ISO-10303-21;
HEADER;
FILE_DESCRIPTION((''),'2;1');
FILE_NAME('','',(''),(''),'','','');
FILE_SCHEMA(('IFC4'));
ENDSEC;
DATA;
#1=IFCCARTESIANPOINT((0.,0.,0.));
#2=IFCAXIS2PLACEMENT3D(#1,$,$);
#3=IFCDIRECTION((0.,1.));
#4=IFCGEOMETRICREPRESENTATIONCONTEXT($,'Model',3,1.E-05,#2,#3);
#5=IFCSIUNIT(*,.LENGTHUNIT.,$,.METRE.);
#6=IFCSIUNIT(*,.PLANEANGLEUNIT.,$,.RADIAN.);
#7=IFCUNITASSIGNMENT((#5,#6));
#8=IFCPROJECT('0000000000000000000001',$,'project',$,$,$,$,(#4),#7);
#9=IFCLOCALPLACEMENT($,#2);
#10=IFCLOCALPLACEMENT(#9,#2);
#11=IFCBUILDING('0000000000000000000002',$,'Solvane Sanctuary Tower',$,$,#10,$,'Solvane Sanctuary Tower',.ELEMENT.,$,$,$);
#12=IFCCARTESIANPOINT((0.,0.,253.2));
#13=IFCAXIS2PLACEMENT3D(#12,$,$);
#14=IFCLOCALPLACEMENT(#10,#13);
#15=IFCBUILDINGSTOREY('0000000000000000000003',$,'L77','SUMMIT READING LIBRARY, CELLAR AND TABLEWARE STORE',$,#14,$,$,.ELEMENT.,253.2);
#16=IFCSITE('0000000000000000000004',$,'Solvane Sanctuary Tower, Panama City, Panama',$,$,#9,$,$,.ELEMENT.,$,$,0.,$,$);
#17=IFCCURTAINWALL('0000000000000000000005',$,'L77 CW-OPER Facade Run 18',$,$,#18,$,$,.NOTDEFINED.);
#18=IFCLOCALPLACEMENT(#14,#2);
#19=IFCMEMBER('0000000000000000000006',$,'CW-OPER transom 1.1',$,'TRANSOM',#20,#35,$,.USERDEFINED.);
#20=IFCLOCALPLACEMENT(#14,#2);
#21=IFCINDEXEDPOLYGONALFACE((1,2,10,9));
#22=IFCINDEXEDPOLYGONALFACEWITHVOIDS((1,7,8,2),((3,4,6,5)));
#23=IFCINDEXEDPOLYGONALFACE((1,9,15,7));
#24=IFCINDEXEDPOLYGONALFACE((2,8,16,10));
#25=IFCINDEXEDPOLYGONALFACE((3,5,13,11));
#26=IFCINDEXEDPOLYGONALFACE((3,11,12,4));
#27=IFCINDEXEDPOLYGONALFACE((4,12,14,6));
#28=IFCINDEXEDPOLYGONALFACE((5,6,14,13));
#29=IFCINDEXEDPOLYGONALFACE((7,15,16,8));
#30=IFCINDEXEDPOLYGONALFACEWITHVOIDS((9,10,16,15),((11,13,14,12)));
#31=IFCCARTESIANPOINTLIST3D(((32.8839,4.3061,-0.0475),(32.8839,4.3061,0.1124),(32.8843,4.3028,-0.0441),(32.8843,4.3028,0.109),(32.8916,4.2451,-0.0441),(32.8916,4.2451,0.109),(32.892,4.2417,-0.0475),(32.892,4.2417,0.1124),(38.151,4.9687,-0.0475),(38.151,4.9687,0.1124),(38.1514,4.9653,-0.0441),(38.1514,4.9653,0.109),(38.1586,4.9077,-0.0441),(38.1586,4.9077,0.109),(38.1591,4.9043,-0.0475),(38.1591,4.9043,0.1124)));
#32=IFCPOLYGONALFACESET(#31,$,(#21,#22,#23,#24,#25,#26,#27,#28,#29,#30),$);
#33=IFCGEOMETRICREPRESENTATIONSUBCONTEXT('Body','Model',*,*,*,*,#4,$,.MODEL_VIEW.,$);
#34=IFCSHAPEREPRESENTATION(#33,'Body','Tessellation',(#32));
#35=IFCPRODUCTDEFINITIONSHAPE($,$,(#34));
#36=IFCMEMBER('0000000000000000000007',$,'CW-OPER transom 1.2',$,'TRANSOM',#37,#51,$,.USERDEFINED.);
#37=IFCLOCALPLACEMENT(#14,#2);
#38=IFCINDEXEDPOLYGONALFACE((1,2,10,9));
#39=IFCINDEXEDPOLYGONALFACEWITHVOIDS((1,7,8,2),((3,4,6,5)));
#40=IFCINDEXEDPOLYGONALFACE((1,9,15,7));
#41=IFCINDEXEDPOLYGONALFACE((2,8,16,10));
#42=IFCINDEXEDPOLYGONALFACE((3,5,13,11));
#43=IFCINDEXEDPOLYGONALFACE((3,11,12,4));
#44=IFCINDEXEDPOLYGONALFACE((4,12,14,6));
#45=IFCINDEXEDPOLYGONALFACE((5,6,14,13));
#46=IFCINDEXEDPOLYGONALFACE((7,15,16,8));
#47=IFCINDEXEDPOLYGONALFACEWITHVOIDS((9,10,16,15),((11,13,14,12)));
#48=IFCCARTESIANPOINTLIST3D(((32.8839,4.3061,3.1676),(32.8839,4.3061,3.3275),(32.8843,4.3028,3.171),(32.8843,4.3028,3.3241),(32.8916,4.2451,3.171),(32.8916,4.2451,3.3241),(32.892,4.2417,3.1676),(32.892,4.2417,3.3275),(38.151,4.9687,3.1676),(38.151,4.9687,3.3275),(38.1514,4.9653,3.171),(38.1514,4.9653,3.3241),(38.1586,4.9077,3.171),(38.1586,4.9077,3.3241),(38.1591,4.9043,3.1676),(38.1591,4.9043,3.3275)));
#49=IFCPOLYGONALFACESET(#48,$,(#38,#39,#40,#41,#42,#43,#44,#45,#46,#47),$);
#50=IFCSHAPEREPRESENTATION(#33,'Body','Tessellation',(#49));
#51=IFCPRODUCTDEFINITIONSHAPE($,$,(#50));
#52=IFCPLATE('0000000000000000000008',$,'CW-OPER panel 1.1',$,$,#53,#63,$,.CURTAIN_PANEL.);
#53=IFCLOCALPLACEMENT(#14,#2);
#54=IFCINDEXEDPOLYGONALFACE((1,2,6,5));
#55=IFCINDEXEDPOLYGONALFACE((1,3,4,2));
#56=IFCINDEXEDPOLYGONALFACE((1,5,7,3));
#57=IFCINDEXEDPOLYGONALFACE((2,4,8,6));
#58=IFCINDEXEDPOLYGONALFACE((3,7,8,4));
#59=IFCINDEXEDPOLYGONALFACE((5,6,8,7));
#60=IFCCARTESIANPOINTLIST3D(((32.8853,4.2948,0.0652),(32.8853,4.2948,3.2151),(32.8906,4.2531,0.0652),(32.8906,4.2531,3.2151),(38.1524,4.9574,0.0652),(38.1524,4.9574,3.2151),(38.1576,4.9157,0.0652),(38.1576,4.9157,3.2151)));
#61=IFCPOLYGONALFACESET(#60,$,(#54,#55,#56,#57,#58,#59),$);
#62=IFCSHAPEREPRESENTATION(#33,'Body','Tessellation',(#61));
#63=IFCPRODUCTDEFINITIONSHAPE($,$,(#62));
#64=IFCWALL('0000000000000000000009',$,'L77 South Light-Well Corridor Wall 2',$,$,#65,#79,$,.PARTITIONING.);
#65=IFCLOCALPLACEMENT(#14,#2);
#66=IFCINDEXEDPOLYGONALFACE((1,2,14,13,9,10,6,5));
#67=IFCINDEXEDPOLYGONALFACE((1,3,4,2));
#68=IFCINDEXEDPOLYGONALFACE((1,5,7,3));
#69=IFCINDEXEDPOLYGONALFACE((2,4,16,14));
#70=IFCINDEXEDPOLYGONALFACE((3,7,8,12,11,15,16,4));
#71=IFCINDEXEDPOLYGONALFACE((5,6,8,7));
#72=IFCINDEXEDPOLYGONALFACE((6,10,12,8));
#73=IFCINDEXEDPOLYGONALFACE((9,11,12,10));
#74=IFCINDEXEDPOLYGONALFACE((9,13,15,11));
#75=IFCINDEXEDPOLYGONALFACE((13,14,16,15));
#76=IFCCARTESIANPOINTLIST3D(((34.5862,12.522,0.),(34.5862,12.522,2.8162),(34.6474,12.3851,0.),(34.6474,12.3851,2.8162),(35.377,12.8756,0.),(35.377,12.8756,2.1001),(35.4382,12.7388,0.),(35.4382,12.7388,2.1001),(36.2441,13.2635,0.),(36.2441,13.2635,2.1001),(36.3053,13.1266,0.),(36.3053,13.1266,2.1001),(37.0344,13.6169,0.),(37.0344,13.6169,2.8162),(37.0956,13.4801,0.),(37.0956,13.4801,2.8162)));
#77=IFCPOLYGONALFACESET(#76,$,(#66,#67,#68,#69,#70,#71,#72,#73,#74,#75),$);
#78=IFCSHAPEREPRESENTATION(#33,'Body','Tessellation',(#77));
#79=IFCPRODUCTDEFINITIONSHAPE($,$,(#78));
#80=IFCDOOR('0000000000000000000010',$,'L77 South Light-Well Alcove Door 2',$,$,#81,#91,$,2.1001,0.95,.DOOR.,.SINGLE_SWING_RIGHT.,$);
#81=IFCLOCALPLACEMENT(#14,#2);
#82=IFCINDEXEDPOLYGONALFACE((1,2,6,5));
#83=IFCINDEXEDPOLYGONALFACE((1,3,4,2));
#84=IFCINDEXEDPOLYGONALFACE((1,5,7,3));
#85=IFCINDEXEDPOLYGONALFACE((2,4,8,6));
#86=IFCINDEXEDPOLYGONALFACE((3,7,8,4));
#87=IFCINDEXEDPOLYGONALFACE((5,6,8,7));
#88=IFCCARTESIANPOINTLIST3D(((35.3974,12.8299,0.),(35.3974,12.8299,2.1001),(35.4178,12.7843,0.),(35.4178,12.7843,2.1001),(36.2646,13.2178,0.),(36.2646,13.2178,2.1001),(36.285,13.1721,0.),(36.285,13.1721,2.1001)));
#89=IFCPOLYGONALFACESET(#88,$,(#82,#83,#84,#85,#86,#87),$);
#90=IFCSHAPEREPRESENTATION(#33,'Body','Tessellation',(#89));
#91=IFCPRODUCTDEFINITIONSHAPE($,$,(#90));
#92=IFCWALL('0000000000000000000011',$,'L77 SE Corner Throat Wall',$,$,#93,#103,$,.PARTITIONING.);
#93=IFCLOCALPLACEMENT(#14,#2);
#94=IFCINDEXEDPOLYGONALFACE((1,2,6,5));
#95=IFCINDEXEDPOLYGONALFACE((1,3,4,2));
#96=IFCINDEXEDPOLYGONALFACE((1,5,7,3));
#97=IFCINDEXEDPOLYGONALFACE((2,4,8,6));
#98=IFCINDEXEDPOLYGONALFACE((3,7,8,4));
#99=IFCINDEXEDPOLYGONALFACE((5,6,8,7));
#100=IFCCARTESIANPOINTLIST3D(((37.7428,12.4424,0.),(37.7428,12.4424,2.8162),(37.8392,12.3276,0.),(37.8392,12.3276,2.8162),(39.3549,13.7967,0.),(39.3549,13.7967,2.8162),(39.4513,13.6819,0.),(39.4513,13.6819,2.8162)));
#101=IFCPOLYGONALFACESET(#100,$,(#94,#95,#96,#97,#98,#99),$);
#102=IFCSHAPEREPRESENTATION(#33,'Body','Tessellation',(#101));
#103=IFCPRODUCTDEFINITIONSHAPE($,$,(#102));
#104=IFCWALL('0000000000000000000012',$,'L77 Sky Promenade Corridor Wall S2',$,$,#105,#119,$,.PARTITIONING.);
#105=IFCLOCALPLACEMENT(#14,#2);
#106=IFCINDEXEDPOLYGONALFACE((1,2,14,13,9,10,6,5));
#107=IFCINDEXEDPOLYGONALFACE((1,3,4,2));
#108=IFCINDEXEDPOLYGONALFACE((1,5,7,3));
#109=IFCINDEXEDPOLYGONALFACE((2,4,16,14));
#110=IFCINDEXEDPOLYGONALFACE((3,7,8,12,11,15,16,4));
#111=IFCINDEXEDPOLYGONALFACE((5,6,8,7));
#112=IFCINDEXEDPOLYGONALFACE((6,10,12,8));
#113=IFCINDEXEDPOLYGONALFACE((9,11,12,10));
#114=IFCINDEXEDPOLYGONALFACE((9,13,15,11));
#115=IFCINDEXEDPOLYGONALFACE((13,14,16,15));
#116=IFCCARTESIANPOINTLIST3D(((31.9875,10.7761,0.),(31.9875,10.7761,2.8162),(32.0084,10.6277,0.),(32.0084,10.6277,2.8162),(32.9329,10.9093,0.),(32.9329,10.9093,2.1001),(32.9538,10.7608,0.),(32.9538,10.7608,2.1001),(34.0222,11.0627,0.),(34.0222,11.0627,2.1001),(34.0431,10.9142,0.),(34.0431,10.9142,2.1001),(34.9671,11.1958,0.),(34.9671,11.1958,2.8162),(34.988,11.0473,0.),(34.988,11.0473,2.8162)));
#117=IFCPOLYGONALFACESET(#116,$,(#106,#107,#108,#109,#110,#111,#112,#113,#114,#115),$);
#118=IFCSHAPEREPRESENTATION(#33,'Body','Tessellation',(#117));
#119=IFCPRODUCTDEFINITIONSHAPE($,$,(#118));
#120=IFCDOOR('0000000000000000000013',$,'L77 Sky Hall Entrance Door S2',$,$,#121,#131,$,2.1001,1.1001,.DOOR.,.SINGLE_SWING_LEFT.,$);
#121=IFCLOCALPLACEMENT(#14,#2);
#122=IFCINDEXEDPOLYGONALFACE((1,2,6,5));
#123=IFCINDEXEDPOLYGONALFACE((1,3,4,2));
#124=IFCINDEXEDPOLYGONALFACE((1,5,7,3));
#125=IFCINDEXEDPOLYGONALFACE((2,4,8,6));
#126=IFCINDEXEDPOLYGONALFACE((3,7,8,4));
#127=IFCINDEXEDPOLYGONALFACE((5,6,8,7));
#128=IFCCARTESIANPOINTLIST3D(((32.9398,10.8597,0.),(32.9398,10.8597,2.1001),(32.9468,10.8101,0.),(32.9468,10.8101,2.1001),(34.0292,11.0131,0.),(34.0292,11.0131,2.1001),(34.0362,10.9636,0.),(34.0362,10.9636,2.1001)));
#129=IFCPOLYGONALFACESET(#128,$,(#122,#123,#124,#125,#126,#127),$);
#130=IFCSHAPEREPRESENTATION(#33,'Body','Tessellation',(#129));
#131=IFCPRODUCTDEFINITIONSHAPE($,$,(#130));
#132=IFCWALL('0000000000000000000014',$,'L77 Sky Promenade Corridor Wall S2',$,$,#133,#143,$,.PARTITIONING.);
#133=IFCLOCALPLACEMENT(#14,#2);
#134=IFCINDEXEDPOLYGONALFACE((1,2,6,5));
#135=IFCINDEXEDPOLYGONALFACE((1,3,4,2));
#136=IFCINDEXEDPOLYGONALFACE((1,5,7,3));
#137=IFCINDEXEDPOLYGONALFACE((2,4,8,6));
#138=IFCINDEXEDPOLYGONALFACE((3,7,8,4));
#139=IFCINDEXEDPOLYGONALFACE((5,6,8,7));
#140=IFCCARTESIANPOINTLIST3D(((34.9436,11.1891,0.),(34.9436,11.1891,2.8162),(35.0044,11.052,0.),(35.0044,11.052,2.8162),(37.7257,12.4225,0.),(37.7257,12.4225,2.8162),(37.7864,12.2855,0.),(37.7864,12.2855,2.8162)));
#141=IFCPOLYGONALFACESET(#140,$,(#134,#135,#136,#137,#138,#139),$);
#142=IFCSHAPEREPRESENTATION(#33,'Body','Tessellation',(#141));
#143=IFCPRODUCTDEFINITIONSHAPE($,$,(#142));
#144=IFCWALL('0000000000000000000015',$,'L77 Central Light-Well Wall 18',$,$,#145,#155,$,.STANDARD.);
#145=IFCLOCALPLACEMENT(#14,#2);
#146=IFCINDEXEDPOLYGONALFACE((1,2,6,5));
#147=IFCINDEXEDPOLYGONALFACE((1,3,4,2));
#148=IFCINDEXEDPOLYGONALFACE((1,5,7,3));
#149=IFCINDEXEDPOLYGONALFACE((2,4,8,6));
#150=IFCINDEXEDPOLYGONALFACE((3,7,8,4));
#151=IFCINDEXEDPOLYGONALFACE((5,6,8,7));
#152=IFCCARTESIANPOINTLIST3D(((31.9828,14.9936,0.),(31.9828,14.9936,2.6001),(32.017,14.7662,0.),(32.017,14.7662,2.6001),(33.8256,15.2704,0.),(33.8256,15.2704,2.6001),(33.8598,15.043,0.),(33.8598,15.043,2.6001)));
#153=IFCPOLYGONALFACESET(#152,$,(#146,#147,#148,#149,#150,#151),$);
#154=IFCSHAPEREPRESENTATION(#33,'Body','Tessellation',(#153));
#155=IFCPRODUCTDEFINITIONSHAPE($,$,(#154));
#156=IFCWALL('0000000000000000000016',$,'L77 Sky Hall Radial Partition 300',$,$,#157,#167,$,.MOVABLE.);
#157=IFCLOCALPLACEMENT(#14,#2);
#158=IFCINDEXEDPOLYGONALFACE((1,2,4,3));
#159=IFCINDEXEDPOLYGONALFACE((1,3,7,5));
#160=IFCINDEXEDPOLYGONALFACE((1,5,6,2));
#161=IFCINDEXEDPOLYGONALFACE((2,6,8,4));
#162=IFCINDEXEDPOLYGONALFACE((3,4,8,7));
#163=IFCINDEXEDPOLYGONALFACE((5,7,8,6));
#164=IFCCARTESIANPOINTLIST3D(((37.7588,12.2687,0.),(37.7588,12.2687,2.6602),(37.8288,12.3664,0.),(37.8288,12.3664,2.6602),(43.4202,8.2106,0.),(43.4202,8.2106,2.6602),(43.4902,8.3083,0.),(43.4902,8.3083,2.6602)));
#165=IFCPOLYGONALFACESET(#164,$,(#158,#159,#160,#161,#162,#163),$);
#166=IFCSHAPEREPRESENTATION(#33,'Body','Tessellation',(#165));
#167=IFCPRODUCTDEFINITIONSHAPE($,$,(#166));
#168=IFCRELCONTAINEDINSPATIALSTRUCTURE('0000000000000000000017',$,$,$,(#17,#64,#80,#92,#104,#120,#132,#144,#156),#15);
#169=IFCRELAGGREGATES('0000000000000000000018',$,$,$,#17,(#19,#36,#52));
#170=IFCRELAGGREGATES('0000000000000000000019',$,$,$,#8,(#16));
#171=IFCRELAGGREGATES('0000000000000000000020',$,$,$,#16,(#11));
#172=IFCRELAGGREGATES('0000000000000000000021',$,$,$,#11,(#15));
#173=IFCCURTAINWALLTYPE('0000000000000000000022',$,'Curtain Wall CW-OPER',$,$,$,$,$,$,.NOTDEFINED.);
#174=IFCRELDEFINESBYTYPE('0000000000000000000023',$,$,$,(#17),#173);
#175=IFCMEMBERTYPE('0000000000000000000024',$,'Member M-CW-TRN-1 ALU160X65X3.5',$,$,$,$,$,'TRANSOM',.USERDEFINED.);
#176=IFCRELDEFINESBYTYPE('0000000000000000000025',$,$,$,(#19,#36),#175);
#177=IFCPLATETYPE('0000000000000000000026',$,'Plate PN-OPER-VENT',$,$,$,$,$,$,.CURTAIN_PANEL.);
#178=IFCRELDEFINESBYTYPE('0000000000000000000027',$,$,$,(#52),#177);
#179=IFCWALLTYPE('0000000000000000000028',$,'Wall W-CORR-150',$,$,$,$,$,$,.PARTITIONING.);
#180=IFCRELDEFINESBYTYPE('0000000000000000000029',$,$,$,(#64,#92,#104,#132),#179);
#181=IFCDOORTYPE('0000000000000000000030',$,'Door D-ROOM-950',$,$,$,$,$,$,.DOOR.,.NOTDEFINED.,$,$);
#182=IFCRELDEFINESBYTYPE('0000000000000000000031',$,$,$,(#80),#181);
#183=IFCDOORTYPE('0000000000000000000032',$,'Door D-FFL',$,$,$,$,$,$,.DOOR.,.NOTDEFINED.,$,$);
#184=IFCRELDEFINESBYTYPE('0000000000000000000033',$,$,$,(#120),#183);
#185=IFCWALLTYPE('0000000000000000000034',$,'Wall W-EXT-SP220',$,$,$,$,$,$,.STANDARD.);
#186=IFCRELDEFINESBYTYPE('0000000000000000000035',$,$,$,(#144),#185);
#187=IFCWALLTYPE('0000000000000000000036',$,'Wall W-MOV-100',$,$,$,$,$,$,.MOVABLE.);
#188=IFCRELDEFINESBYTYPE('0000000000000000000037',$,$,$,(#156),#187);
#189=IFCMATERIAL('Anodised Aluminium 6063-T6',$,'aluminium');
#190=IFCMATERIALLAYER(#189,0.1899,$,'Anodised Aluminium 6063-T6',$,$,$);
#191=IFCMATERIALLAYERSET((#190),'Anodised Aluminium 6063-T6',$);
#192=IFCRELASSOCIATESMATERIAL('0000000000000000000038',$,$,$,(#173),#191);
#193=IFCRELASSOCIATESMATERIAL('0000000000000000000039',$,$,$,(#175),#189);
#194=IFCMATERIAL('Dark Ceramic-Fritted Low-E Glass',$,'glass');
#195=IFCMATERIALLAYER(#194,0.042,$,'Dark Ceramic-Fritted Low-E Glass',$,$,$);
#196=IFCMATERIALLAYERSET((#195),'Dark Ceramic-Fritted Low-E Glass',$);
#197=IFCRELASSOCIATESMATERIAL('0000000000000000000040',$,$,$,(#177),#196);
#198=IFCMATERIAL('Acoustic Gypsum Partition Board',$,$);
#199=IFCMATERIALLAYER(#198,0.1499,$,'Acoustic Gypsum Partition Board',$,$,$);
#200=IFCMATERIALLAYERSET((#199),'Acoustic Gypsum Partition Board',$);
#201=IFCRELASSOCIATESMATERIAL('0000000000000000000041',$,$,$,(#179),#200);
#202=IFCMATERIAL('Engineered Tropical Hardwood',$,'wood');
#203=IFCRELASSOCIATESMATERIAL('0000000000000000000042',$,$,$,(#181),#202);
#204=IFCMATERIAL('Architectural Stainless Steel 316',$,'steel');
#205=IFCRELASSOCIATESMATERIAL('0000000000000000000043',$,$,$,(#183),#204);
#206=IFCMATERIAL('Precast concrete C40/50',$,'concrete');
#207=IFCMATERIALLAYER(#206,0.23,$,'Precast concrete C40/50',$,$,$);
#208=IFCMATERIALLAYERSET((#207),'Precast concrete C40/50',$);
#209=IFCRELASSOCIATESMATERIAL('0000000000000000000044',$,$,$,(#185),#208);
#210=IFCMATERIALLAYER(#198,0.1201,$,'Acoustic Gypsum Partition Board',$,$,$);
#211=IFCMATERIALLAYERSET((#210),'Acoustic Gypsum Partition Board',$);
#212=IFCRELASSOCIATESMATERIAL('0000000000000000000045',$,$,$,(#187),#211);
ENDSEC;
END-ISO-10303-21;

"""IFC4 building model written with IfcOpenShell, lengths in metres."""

from ifc_helpers import new_model, si_unit, direction, frame, frame_2d, origin, origin_2d, place, context, subcontext, project, spatial, rectangle, hollow_rectangle, extrude, material, layer, layer_set, material_profile, profile_set, type_object, element, fill, aggregate, save


model = new_model("IFC4")

# Units and contexts
model_context = context("Model", 3, precision=1e-05, world=origin(), true_north=direction((0.0, 1.0)))
body_context = subcontext(model_context, "Body", "Model", "MODEL_VIEW")
ifc_project = project(units=[si_unit("LENGTHUNIT", "METRE"), si_unit("PLANEANGLEUNIT", "RADIAN")], contexts=[model_context])

# Site, building, storey
site_placement = place(None, origin())
site = spatial("IfcSite", under=ifc_project, at=site_placement, Name="Solvane Sanctuary Tower, Panama City, Panama", CompositionType="ELEMENT", RefElevation=0.0)
building_placement = place(site_placement, origin())
building = spatial("IfcBuilding", under=site, at=building_placement, Name="Solvane Sanctuary Tower", LongName="Solvane Sanctuary Tower", CompositionType="ELEMENT")
storey_placement = place(building_placement, frame((0.0, 0.0, 253.2)))
storey = spatial("IfcBuildingStorey", under=building, at=storey_placement, Name="L77", Description="SUMMIT READING LIBRARY, CELLAR AND TABLEWARE STORE", CompositionType="ELEMENT", Elevation=253.2)

# Curtain wall, members, plate
ifc_material_1 = material(Name="Anodised Aluminium 6063-T6", Category="aluminium")
ifc_layer_1 = layer(ifc_material_1, 0.1899, Name="Anodised Aluminium 6063-T6")
ifc_layer_set_1 = layer_set([ifc_layer_1], Name="Anodised Aluminium 6063-T6")
curtain_wall_type = type_object("IfcCurtainWallType", Name="Curtain Wall CW-OPER", PredefinedType="NOTDEFINED", material=ifc_layer_set_1)
curtain_wall_placement = place(storey_placement, origin())
curtain_wall = element("IfcCurtainWall", 1, at=curtain_wall_placement, inside=storey, type_object=curtain_wall_type, Name="L77 CW-OPER Facade Run 18", PredefinedType="NOTDEFINED")
ifc_material_profile_1 = material_profile(ifc_material_1, hollow_rectangle(XDim=0.0649, YDim=0.1599, WallThickness=0.0034, at=origin_2d()), Name="ALU160X65X3.5")
ifc_profile_set_1 = profile_set([ifc_material_profile_1], Name="Anodised Aluminium 6063-T6")
member_type_1 = type_object("IfcMemberType", Name="Member M-CW-TRN-1 ALU160X65X3.5", ElementType="TRANSOM", PredefinedType="USERDEFINED", material=ifc_profile_set_1)
member_1_placement = place(storey_placement, frame((32.8879, 4.2739, 0.0325), z_axis=(0.99218, 0.124816, 0.0), x_axis=(-0.124816, 0.99218, 0.0)))
member_1 = element("IfcMember", 2, at=member_1_placement, type_object=member_type_1, Name="CW-OPER transom 1.1", ObjectType="TRANSOM", PredefinedType="USERDEFINED", context=body_context, shape_type="SweptSolid", body=[
    extrude(hollow_rectangle(XDim=0.0649, YDim=0.1599, WallThickness=0.0034, at=origin_2d()), origin(), (0.0, 0.0, 1.0), 5.3086),
])
member_2_placement = place(storey_placement, frame((32.8879, 4.2739, 3.2476), z_axis=(0.99218, 0.124816, 0.0), x_axis=(-0.124816, 0.99218, 0.0)))
member_2 = element("IfcMember", 3, at=member_2_placement, type_object=member_type_1, Name="CW-OPER transom 1.2", ObjectType="TRANSOM", PredefinedType="USERDEFINED", context=body_context, shape_type="SweptSolid", body=[
    extrude(hollow_rectangle(XDim=0.0649, YDim=0.1599, WallThickness=0.0034, at=origin_2d()), origin(), (0.0, 0.0, 1.0), 5.3086),
])
ifc_material_2 = material(Name="Dark Ceramic-Fritted Low-E Glass", Category="glass")
ifc_layer_2 = layer(ifc_material_2, 0.042, Name="Dark Ceramic-Fritted Low-E Glass")
ifc_layer_set_2 = layer_set([ifc_layer_2], Name="Dark Ceramic-Fritted Low-E Glass")
plate_type = type_object("IfcPlateType", Name="Plate PN-OPER-VENT", PredefinedType="CURTAIN_PANEL", material=ifc_layer_set_2)
plate_placement = place(storey_placement, frame((35.5215, 4.6052, 0.0652), z_axis=(0.0, 0.0, 1.0), x_axis=(0.99218, 0.124815, 0.0)))
plate = element("IfcPlate", 4, at=plate_placement, type_object=plate_type, Name="CW-OPER panel 1.1", PredefinedType="CURTAIN_PANEL", context=body_context, shape_type="SweptSolid", body=[
    extrude(rectangle(XDim=5.3086, YDim=0.042, at=origin_2d()), origin(), (0.0, 0.0, 1.0), 3.1499),
])
aggregate(curtain_wall, [member_1, member_2, plate])

# Wall, opening, door
ifc_material_3 = material(Name="Acoustic Gypsum Partition Board")
ifc_layer_3 = layer(ifc_material_3, 0.1499, Name="Acoustic Gypsum Partition Board")
ifc_layer_set_3 = layer_set([ifc_layer_3], Name="Acoustic Gypsum Partition Board")
wall_type_1 = type_object("IfcWallType", Name="Wall W-CORR-150", PredefinedType="PARTITIONING", material=ifc_layer_set_3)
wall_1_placement = place(storey_placement, frame((34.6169, 12.4536, 0.0), z_axis=(0.0, 0.0, 1.0), x_axis=(0.912859, 0.408274, 0.0)))
wall_1 = element("IfcWall", 5, at=wall_1_placement, inside=storey, type_object=wall_type_1, Name="L77 South Light-Well Corridor Wall 2", PredefinedType="PARTITIONING", context=body_context, shape_type="SweptSolid", body=[
    extrude(rectangle(XDim=2.6819, YDim=0.1499, at=frame_2d((1.3408, 0.0))), origin(), (0.0, 0.0, 1.0), 2.8162),
])
opening_1_placement = place(wall_1_placement, frame((0.866, 0.0, 0.0)))
opening_1 = element("IfcOpeningElement", 6, at=opening_1_placement, cuts=wall_1, PredefinedType="OPENING", context=body_context, shape_type="SweptSolid", body=[
    extrude(rectangle(XDim=0.95, YDim=2.1001, at=frame_2d((0.4751, 1.05))), frame((0.0, 0.085, 0.0), z_axis=(0.0, -1.0, 0.0), x_axis=(1.0, 0.0, 0.0)), (0.0, 0.0, 1.0), 0.1699),
])
ifc_material_4 = material(Name="Engineered Tropical Hardwood", Category="wood")
door_type_1 = type_object("IfcDoorType", Name="Door D-ROOM-950", OperationType="NOTDEFINED", PredefinedType="DOOR", material=ifc_material_4)
door_1_placement = place(opening_1_placement, origin())
door_1 = element("IfcDoor", 7, at=door_1_placement, inside=storey, type_object=door_type_1, Name="L77 South Light-Well Alcove Door 2", OperationType="SINGLE_SWING_RIGHT", OverallHeight=2.1001, OverallWidth=0.95, PredefinedType="DOOR", context=body_context, shape_type="SweptSolid", body=[
    extrude(rectangle(XDim=0.95, YDim=2.1001, at=frame_2d((0.4751, 1.05))), frame((0.0, 0.0249, 0.0), z_axis=(0.0, -1.0, 0.0), x_axis=(1.0, 0.0, 0.0)), (0.0, 0.0, 1.0), 0.05),
])
fill(opening_1, door_1)

# Wall
wall_2_placement = place(storey_placement, frame((37.791, 12.385, 0.0), z_axis=(0.0, 0.0, 1.0), x_axis=(0.765677, 0.643225, 0.0)))
element("IfcWall", 8, at=wall_2_placement, inside=storey, type_object=wall_type_1, Name="L77 SE Corner Throat Wall", PredefinedType="PARTITIONING", context=body_context, shape_type="SweptSolid", body=[
    extrude(rectangle(XDim=2.1055, YDim=0.1499, at=frame_2d((1.0527, 0.0))), origin(), (0.0, 0.0, 1.0), 2.8162),
])

# Wall, opening, door
wall_3_placement = place(storey_placement, frame((31.998, 10.7019, 0.0), z_axis=(0.0, 0.0, 1.0), x_axis=(0.990227, 0.139467, 0.0)))
wall_3 = element("IfcWall", 9, at=wall_3_placement, inside=storey, type_object=wall_type_1, Name="L77 Sky Promenade Corridor Wall S2", PredefinedType="PARTITIONING", context=body_context, shape_type="SweptSolid", body=[
    extrude(rectangle(XDim=3.009, YDim=0.1499, at=frame_2d((1.5044, 0.0))), origin(), (0.0, 0.0, 1.0), 2.8162),
])
opening_2_placement = place(wall_3_placement, frame((0.9546, 0.0, 0.0)))
opening_2 = element("IfcOpeningElement", 10, at=opening_2_placement, cuts=wall_3, PredefinedType="OPENING", context=body_context, shape_type="SweptSolid", body=[
    extrude(rectangle(XDim=1.1001, YDim=2.1001, at=frame_2d((0.55, 1.05))), frame((0.0, 0.085, 0.0), z_axis=(0.0, -1.0, 0.0), x_axis=(1.0, 0.0, 0.0)), (0.0, 0.0, 1.0), 0.1699),
])
ifc_material_5 = material(Name="Architectural Stainless Steel 316", Category="steel")
door_type_2 = type_object("IfcDoorType", Name="Door D-FFL", OperationType="NOTDEFINED", PredefinedType="DOOR", material=ifc_material_5)
door_2_placement = place(opening_2_placement, origin())
door_2 = element("IfcDoor", 11, at=door_2_placement, inside=storey, type_object=door_type_2, Name="L77 Sky Hall Entrance Door S2", OperationType="SINGLE_SWING_LEFT", OverallHeight=2.1001, OverallWidth=1.1001, PredefinedType="DOOR", context=body_context, shape_type="SweptSolid", body=[
    extrude(rectangle(XDim=1.1001, YDim=2.1001, at=frame_2d((0.55, 1.05))), frame((0.0, 0.0249, 0.0), z_axis=(0.0, -1.0, 0.0), x_axis=(1.0, 0.0, 0.0)), (0.0, 0.0, 1.0), 0.05),
])
fill(opening_2, door_2)

# Walls
wall_4_placement = place(storey_placement, frame((34.9741, 11.1206, 0.0), z_axis=(0.0, 0.0, 1.0), x_axis=(0.914182, 0.405305, 0.0)))
element("IfcWall", 12, at=wall_4_placement, inside=storey, type_object=wall_type_1, Name="L77 Sky Promenade Corridor Wall S2", PredefinedType="PARTITIONING", context=body_context, shape_type="SweptSolid", body=[
    extrude(rectangle(XDim=3.0432, YDim=0.1499, at=frame_2d((1.5215, 0.0))), origin(), (0.0, 0.0, 1.0), 2.8162),
])
ifc_material_6 = material(Name="Precast concrete C40/50", Category="concrete")
ifc_layer_4 = layer(ifc_material_6, 0.23, Name="Precast concrete C40/50")
ifc_layer_set_4 = layer_set([ifc_layer_4], Name="Precast concrete C40/50")
wall_type_2 = type_object("IfcWallType", Name="Wall W-EXT-SP220", PredefinedType="STANDARD", material=ifc_layer_set_4)
wall_5_placement = place(storey_placement, frame((32.0, 14.8799, 0.0), z_axis=(0.0, 0.0, 1.0), x_axis=(0.988902, 0.148571, 0.0)))
element("IfcWall", 13, at=wall_5_placement, inside=storey, type_object=wall_type_2, Name="L77 Central Light-Well Wall 18", PredefinedType="STANDARD", context=body_context, shape_type="SweptSolid", body=[
    extrude(rectangle(XDim=1.8635, YDim=0.23, at=frame_2d((0.9316, 0.0))), origin(), (0.0, 0.0, 1.0), 2.6001),
])
ifc_layer_5 = layer(ifc_material_3, 0.1201, Name="Acoustic Gypsum Partition Board")
ifc_layer_set_5 = layer_set([ifc_layer_5], Name="Acoustic Gypsum Partition Board")
wall_type_3 = type_object("IfcWallType", Name="Wall W-MOV-100", PredefinedType="MOVABLE", material=ifc_layer_set_5)
wall_6_placement = place(storey_placement, frame((37.7937, 12.3176, 0.0), z_axis=(0.0, 0.0, 1.0), x_axis=(0.812764, -0.582593, 0.0)))
element("IfcWall", 14, at=wall_6_placement, inside=storey, type_object=wall_type_3, Name="L77 Sky Hall Radial Partition 300", PredefinedType="MOVABLE", context=body_context, shape_type="SweptSolid", body=[
    extrude(rectangle(XDim=6.9656, YDim=0.1201, at=frame_2d((3.4829, 0.0))), origin(), (0.0, 0.0, 1.0), 2.6602),
])

save(model, "model.ifc")
